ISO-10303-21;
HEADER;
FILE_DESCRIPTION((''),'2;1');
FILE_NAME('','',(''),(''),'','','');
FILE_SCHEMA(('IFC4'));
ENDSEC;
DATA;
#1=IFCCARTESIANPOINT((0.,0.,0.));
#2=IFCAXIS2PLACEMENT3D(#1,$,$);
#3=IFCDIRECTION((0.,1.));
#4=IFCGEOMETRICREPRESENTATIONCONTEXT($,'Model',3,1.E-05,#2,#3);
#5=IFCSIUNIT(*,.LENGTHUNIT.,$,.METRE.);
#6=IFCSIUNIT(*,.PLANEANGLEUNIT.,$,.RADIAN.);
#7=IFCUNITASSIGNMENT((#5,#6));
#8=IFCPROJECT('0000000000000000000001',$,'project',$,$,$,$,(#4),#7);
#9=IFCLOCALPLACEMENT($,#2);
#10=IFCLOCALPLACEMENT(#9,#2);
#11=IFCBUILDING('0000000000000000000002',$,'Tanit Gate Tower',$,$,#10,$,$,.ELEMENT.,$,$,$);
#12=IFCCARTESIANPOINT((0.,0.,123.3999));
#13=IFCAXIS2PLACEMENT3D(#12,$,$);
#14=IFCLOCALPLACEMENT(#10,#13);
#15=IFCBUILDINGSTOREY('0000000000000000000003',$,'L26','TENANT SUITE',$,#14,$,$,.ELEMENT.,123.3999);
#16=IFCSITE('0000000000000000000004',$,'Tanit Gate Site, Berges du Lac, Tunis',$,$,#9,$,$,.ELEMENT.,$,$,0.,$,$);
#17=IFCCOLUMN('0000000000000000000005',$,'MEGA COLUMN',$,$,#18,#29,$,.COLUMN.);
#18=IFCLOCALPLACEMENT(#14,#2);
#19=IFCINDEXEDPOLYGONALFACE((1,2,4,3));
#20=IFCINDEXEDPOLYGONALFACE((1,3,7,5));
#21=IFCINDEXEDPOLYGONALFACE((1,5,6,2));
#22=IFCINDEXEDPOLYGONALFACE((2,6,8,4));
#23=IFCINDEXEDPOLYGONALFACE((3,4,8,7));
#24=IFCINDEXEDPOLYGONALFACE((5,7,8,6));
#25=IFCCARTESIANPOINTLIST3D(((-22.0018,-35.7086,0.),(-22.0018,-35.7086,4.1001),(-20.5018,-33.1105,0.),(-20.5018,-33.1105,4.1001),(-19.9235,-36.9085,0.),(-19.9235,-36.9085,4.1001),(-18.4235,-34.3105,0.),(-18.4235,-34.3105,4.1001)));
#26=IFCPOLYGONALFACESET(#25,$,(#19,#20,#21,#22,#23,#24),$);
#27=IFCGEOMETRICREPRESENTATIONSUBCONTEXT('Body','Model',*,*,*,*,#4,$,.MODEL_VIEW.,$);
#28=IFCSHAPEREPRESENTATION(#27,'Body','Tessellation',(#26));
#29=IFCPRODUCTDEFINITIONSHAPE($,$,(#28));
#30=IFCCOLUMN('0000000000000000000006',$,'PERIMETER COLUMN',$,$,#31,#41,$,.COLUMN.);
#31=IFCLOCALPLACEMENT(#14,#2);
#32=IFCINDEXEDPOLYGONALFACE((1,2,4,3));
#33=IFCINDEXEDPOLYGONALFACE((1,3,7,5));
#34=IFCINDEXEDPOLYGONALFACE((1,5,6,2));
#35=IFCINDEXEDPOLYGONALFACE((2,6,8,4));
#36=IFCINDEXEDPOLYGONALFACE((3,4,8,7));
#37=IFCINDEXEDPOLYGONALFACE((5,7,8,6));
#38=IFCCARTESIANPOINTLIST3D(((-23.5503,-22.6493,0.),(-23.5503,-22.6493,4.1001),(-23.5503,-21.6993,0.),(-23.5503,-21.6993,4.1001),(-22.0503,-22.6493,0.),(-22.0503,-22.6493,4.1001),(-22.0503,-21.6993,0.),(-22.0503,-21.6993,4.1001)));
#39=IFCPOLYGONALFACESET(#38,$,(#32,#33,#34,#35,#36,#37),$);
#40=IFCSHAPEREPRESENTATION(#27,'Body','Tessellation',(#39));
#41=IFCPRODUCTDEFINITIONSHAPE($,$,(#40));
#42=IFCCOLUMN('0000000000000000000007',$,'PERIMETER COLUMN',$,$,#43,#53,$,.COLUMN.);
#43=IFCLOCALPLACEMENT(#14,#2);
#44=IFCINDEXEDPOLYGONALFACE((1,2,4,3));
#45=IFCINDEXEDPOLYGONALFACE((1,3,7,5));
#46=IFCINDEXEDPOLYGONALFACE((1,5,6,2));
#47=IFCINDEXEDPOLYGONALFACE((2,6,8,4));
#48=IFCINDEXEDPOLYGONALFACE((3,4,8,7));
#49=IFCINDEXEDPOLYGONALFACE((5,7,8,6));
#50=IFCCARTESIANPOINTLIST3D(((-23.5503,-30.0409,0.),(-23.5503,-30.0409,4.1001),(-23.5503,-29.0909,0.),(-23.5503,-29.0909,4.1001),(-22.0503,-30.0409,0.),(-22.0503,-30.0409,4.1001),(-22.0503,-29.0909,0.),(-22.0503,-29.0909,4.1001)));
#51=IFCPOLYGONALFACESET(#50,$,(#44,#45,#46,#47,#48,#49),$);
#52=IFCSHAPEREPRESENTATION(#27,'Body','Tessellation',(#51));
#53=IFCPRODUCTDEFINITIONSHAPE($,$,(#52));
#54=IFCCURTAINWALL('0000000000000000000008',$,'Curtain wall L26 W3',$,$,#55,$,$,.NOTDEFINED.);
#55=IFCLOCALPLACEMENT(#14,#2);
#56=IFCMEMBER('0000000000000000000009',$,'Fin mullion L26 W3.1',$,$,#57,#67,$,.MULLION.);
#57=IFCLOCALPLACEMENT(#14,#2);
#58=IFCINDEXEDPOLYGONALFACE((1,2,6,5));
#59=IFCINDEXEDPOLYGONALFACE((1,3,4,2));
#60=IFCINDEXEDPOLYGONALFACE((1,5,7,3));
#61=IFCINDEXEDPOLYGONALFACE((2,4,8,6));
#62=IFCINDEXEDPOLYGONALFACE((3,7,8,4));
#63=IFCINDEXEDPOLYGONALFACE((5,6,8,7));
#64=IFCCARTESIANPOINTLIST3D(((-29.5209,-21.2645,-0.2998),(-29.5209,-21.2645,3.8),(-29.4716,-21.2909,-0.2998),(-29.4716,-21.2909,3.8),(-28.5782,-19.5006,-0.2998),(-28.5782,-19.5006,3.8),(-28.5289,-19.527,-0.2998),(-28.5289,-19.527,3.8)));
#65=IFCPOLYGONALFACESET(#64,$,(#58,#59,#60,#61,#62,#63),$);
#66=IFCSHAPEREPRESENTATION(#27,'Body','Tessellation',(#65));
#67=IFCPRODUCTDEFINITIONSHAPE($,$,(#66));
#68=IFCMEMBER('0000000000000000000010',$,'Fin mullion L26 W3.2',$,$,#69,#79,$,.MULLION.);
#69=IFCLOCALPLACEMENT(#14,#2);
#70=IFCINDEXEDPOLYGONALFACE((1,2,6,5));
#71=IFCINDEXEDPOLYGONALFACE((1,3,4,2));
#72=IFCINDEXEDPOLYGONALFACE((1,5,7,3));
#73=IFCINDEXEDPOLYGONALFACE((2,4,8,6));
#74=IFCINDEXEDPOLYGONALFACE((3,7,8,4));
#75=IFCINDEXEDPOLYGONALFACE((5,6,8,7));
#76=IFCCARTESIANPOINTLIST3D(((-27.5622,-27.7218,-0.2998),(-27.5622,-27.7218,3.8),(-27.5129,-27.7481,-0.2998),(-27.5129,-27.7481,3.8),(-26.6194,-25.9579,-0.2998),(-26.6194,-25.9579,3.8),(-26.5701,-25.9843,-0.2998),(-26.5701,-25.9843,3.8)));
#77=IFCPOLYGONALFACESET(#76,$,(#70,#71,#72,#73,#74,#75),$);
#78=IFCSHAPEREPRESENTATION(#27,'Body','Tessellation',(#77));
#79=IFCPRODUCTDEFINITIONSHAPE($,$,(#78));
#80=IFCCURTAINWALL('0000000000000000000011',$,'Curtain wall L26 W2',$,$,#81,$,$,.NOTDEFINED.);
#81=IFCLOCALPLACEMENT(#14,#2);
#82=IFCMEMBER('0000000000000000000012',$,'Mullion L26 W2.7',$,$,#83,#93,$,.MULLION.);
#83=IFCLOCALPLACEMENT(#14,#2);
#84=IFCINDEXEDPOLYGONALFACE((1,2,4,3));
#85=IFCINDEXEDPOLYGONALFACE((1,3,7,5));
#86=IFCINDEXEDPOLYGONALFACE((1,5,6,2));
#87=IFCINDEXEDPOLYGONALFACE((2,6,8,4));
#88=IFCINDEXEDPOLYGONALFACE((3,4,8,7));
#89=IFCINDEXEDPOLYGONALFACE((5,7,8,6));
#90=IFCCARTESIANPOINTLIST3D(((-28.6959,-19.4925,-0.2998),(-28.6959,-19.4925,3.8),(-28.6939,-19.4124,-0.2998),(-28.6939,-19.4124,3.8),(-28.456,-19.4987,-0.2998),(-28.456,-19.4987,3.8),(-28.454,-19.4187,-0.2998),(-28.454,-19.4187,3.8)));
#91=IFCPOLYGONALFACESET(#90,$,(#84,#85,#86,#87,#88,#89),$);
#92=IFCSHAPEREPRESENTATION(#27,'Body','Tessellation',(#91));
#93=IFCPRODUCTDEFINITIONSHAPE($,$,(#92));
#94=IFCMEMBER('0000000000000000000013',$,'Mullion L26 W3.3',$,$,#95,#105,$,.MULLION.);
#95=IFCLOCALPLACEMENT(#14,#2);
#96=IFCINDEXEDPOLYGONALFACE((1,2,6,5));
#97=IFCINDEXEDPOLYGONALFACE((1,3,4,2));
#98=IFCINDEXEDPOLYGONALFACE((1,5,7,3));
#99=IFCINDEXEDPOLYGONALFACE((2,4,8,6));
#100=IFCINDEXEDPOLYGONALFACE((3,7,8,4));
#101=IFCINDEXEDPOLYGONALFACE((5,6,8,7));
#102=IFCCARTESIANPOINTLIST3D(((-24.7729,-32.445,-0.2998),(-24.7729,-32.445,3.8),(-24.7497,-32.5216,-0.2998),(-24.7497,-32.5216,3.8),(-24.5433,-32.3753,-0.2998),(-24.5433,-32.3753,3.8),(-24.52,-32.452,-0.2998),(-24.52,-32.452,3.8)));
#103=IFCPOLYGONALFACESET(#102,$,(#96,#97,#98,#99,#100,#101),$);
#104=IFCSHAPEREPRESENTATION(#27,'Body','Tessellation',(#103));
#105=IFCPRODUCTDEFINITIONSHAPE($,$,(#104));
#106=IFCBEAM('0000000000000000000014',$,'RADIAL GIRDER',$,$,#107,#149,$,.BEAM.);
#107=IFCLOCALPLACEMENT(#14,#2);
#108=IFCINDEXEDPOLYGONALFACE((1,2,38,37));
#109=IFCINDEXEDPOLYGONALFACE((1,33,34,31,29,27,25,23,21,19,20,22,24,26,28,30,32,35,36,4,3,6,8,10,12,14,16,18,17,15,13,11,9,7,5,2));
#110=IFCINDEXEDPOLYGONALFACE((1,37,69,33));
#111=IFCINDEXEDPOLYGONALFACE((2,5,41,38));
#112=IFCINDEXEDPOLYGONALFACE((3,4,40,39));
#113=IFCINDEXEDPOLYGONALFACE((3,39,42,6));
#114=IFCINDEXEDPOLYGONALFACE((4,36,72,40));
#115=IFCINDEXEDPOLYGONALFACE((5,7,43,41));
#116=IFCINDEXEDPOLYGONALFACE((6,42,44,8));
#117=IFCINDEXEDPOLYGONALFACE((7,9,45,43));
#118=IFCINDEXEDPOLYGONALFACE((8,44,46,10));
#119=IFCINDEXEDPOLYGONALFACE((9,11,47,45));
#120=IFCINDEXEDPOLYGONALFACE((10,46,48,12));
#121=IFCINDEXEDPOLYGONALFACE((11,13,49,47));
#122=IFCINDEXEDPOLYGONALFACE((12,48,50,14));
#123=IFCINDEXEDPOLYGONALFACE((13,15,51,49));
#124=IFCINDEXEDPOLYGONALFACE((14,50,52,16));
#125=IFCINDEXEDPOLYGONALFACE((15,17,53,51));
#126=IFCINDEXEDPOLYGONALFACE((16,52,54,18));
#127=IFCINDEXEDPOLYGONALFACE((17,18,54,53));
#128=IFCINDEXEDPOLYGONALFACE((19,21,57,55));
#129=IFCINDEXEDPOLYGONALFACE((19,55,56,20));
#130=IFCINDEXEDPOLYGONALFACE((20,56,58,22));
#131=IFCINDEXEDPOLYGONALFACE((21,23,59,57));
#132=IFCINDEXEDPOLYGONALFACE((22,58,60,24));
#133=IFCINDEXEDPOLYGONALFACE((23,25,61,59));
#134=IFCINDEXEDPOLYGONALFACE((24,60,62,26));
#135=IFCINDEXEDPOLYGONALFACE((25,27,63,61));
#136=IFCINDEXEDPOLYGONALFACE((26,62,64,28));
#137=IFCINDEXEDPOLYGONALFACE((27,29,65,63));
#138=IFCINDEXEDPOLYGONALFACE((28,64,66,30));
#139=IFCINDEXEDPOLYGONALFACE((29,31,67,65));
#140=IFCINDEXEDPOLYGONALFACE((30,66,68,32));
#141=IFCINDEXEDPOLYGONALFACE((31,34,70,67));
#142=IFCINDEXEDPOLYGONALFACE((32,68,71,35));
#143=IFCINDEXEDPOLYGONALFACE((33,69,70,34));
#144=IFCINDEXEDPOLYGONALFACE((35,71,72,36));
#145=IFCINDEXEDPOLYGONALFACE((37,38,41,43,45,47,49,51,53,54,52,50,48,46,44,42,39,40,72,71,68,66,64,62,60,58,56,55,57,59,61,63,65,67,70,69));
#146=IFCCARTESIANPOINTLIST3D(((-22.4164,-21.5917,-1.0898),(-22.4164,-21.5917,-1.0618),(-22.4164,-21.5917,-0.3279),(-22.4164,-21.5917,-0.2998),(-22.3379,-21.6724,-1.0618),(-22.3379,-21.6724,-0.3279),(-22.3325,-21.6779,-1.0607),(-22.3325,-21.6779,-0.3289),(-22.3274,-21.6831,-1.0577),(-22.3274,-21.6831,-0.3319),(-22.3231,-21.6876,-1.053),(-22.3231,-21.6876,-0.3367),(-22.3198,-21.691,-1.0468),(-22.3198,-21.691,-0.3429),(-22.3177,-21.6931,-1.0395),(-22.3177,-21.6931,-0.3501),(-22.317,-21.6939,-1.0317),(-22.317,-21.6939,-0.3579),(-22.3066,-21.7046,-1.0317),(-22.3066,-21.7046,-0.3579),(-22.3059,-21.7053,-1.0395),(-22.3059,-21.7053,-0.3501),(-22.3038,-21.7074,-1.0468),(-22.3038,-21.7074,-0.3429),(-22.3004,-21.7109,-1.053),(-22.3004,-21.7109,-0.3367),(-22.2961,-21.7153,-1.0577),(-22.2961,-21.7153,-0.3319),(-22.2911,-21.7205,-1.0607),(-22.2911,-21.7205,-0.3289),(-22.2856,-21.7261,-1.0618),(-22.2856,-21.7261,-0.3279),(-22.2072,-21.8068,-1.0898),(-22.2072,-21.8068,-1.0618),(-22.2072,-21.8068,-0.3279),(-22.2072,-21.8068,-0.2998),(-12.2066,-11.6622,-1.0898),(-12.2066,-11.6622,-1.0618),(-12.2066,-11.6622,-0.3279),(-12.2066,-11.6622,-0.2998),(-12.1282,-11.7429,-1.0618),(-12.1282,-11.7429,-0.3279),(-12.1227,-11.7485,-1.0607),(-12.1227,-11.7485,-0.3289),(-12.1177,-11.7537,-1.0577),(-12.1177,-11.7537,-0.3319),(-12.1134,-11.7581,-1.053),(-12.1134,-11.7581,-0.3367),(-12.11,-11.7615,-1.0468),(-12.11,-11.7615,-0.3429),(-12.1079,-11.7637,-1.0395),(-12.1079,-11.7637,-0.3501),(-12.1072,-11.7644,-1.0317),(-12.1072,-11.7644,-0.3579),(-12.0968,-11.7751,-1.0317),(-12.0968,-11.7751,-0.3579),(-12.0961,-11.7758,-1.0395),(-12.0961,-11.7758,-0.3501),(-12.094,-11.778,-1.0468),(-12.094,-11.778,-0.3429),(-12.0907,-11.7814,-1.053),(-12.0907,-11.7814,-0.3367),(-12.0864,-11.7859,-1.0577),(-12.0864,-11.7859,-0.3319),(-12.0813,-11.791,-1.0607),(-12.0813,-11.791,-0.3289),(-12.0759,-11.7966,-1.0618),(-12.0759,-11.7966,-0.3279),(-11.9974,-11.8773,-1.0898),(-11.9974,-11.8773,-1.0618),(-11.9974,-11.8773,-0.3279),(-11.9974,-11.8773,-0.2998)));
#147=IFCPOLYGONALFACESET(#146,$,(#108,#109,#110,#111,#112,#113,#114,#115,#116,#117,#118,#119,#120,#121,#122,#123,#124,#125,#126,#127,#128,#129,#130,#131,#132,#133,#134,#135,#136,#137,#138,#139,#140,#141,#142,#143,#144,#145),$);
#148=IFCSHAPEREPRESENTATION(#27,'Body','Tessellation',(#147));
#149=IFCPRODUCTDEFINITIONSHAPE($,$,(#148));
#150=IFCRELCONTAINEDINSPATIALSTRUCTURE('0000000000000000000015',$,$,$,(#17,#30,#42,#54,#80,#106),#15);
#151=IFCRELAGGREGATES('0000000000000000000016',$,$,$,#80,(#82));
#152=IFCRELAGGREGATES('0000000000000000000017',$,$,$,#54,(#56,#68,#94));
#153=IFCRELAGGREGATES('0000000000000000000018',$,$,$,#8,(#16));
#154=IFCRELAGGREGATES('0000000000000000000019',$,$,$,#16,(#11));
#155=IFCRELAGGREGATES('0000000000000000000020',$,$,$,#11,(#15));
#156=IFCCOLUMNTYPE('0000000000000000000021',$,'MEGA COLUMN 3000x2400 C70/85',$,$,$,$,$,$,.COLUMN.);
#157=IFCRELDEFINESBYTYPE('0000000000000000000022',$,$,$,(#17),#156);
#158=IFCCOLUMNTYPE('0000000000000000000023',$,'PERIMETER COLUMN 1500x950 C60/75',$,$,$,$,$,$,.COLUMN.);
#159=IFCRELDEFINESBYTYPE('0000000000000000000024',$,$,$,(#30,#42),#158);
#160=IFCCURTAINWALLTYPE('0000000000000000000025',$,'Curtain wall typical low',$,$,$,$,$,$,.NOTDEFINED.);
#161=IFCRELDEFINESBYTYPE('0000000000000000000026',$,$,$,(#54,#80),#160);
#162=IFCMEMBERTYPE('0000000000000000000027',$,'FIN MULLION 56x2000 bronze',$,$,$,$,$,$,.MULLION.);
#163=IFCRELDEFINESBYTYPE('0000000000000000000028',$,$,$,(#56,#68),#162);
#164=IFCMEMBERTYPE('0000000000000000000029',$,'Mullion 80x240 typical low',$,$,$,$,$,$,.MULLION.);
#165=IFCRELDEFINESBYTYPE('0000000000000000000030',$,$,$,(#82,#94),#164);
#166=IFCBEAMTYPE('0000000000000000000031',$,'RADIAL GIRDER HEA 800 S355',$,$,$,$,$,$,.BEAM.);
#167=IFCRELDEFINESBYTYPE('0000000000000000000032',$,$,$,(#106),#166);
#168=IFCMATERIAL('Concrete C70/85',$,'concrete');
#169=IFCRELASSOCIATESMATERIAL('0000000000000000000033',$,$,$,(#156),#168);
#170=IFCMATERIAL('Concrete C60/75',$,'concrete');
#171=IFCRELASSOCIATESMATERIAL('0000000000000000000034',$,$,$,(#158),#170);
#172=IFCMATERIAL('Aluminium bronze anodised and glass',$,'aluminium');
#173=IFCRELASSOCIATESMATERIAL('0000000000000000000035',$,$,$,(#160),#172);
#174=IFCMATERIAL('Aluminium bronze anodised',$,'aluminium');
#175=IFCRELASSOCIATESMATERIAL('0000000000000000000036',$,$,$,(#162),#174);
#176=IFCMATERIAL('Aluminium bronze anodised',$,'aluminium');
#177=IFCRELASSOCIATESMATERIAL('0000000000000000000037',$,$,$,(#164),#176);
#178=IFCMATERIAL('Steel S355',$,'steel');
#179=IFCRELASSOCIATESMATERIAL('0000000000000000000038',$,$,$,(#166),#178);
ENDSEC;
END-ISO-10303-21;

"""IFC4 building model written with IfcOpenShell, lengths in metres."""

from ifc_helpers import new_model, si_unit, direction, frame, origin, origin_2d, place, context, subcontext, project, spatial, rectangle, i_section, extrude, material, material_profile, profile_set, type_object, element, aggregate, save


model = new_model("IFC4")

# Units and contexts
model_context = context("Model", 3, precision=1e-05, world=origin(), true_north=direction((0.0, 1.0)))
body_context = subcontext(model_context, "Body", "Model", "MODEL_VIEW")
ifc_project = project(units=[si_unit("LENGTHUNIT", "METRE"), si_unit("PLANEANGLEUNIT", "RADIAN")], contexts=[model_context])

# Site, building, storey
site_placement = place(None, origin())
site = spatial("IfcSite", under=ifc_project, at=site_placement, Name="Tanit Gate Site, Berges du Lac, Tunis", CompositionType="ELEMENT", RefElevation=0.0)
building_placement = place(site_placement, origin())
building = spatial("IfcBuilding", under=site, at=building_placement, Name="Tanit Gate Tower", CompositionType="ELEMENT")
storey_placement = place(building_placement, frame((0.0, 0.0, 123.3999)))
storey = spatial("IfcBuildingStorey", under=building, at=storey_placement, Name="L26", Description="TENANT SUITE", CompositionType="ELEMENT", Elevation=123.3999)

# Columns
ifc_material_1 = material(Name="Concrete C70/85", Category="concrete")
ifc_material_profile_1 = material_profile(ifc_material_1, rectangle(XDim=3.0, YDim=2.3999, at=origin_2d()), Name="RC 3000x2400")
ifc_profile_set_1 = profile_set([ifc_material_profile_1], Name="Concrete C70/85")
column_type_1 = type_object("IfcColumnType", Name="MEGA COLUMN 3000x2400 C70/85", PredefinedType="COLUMN", material=ifc_profile_set_1)
column_placement = place(storey_placement, frame((-20.2126, -35.0095, 0.0), z_axis=(0.0, 0.0, 1.0), x_axis=(-0.5, -0.866025, 0.0)))
element("IfcColumn", 1, at=column_placement, inside=storey, type_object=column_type_1, Name="MEGA COLUMN", PredefinedType="COLUMN", context=body_context, shape_type="SweptSolid", body=[
    extrude(rectangle(XDim=3.0, YDim=2.3999, at=origin_2d()), origin(), (0.0, 0.0, 1.0), 4.1001),
])
ifc_material_2 = material(Name="Concrete C60/75", Category="concrete")
ifc_material_profile_2 = material_profile(ifc_material_2, rectangle(XDim=1.5, YDim=0.95, at=origin_2d()), Name="RC 1500x950")
ifc_profile_set_2 = profile_set([ifc_material_profile_2], Name="Concrete C60/75")
column_type_2 = type_object("IfcColumnType", Name="PERIMETER COLUMN 1500x950 C60/75", PredefinedType="COLUMN", material=ifc_profile_set_2)
for number, where, z_axis, x_axis, name in (
    (2, (-22.8003, -22.1743, 0.0), (0.0, 0.0, 1.0), (-1.0, 0.0, 0.0), "PERIMETER COLUMN"),
    (3, (-22.8003, -29.5659, 0.0), (0.0, 0.0, 1.0), (-1.0, 0.0, 0.0), "PERIMETER COLUMN"),
):
    element("IfcColumn", number, at=place(storey_placement, frame(where, z_axis=z_axis, x_axis=x_axis)), inside=storey, type_object=column_type_2, Name=name, PredefinedType="COLUMN", context=body_context, shape_type="SweptSolid", body=[
        extrude(rectangle(XDim=1.5, YDim=0.95, at=origin_2d()), origin(), (0.0, 0.0, 1.0), 4.1001),
    ])

# Curtain wall, members
ifc_material_3 = material(Name="Aluminium bronze anodised and glass", Category="aluminium")
curtain_wall_type = type_object("IfcCurtainWallType", Name="Curtain wall typical low", PredefinedType="NOTDEFINED", material=ifc_material_3)
curtain_wall_1_placement = place(storey_placement, origin())
curtain_wall_1 = element("IfcCurtainWall", 4, at=curtain_wall_1_placement, inside=storey, type_object=curtain_wall_type, Name="Curtain wall L26 W3", PredefinedType="NOTDEFINED")
ifc_material_4 = material(Name="Aluminium bronze anodised", Category="aluminium")
ifc_material_profile_3 = material_profile(ifc_material_4, rectangle(XDim=2.0, YDim=0.0559, at=origin_2d()), Name="56x2000 bronze fin mullion")
ifc_profile_set_3 = profile_set([ifc_material_profile_3], Name="Aluminium bronze anodised")
member_type_1 = type_object("IfcMemberType", Name="FIN MULLION 56x2000 bronze", PredefinedType="MULLION", material=ifc_profile_set_3)
member_1_placement = place(storey_placement, frame((-29.0249, -20.3958, -0.2998), z_axis=(0.0, 0.0, 1.0), x_axis=(0.471378, 0.881931, 0.0)))
member_1 = element("IfcMember", 5, at=member_1_placement, type_object=member_type_1, Name="Fin mullion L26 W3.1", PredefinedType="MULLION", context=body_context, shape_type="SweptSolid", body=[
    extrude(rectangle(XDim=2.0, YDim=0.0559, at=origin_2d()), origin(), (0.0, 0.0, 1.0), 4.0999),
])
member_2_placement = place(storey_placement, frame((-27.0662, -26.853, -0.2998), z_axis=(0.0, 0.0, 1.0), x_axis=(0.471378, 0.881931, 0.0)))
member_2 = element("IfcMember", 6, at=member_2_placement, type_object=member_type_1, Name="Fin mullion L26 W3.2", PredefinedType="MULLION", context=body_context, shape_type="SweptSolid", body=[
    extrude(rectangle(XDim=2.0, YDim=0.0559, at=origin_2d()), origin(), (0.0, 0.0, 1.0), 4.0999),
])

# Curtain wall, member
curtain_wall_2_placement = place(storey_placement, origin())
curtain_wall_2 = element("IfcCurtainWall", 7, at=curtain_wall_2_placement, inside=storey, type_object=curtain_wall_type, Name="Curtain wall L26 W2", PredefinedType="NOTDEFINED")
ifc_material_5 = material(Name="Aluminium bronze anodised", Category="aluminium")
ifc_material_profile_4 = material_profile(ifc_material_5, rectangle(XDim=0.24, YDim=0.0801, at=origin_2d()), Name="80x240 bronze mullion")
ifc_profile_set_4 = profile_set([ifc_material_profile_4], Name="Aluminium bronze anodised")
member_type_2 = type_object("IfcMemberType", Name="Mullion 80x240 typical low", PredefinedType="MULLION", material=ifc_profile_set_4)
member_3_placement = place(storey_placement, frame((-28.575, -19.4556, -0.2998), z_axis=(0.0, 0.0, 1.0), x_axis=(0.99966, -0.026063, 0.0)))
member_3 = element("IfcMember", 8, at=member_3_placement, type_object=member_type_2, Name="Mullion L26 W2.7", PredefinedType="MULLION", context=body_context, shape_type="SweptSolid", body=[
    extrude(rectangle(XDim=0.24, YDim=0.0801, at=origin_2d()), origin(), (0.0, 0.0, 1.0), 4.0999),
])
aggregate(curtain_wall_2, [member_3])

# Member
member_4_placement = place(storey_placement, frame((-24.6465, -32.4485, -0.2998), z_axis=(0.0, 0.0, 1.0), x_axis=(0.956934, 0.290305, 0.0)))
member_4 = element("IfcMember", 9, at=member_4_placement, type_object=member_type_2, Name="Mullion L26 W3.3", PredefinedType="MULLION", context=body_context, shape_type="SweptSolid", body=[
    extrude(rectangle(XDim=0.24, YDim=0.0801, at=origin_2d()), origin(), (0.0, 0.0, 1.0), 4.0999),
])

# Beam
ifc_material_6 = material(Name="Steel S355", Category="steel")
ifc_material_profile_5 = material_profile(ifc_material_6, i_section(OverallWidth=0.3, OverallDepth=0.79, WebThickness=0.0149, FlangeThickness=0.0281, FilletRadius=0.03, at=origin_2d()), Name="HEA 800")
ifc_profile_set_5 = profile_set([ifc_material_profile_5], Name="Steel S355")
beam_type_1 = type_object("IfcBeamType", Name="RADIAL GIRDER HEA 800 S355", PredefinedType="BEAM", material=ifc_profile_set_5)
beam_1_placement = place(storey_placement, frame((-22.3118, -21.6992, -0.6948), z_axis=(0.716878, 0.697199, 0.0), x_axis=(-0.697199, 0.716878, 0.0)))
element("IfcBeam", 10, at=beam_1_placement, inside=storey, type_object=beam_type_1, Name="RADIAL GIRDER", PredefinedType="BEAM", context=body_context, shape_type="SweptSolid", body=[
    extrude(i_section(OverallWidth=0.3, OverallDepth=0.79, WebThickness=0.0149, FlangeThickness=0.0281, FilletRadius=0.03, at=origin_2d()), origin(), (0.0, 0.0, 1.0), 14.2419),
])

aggregate(curtain_wall_1, [member_1, member_2, member_4])

save(model, "model.ifc")
